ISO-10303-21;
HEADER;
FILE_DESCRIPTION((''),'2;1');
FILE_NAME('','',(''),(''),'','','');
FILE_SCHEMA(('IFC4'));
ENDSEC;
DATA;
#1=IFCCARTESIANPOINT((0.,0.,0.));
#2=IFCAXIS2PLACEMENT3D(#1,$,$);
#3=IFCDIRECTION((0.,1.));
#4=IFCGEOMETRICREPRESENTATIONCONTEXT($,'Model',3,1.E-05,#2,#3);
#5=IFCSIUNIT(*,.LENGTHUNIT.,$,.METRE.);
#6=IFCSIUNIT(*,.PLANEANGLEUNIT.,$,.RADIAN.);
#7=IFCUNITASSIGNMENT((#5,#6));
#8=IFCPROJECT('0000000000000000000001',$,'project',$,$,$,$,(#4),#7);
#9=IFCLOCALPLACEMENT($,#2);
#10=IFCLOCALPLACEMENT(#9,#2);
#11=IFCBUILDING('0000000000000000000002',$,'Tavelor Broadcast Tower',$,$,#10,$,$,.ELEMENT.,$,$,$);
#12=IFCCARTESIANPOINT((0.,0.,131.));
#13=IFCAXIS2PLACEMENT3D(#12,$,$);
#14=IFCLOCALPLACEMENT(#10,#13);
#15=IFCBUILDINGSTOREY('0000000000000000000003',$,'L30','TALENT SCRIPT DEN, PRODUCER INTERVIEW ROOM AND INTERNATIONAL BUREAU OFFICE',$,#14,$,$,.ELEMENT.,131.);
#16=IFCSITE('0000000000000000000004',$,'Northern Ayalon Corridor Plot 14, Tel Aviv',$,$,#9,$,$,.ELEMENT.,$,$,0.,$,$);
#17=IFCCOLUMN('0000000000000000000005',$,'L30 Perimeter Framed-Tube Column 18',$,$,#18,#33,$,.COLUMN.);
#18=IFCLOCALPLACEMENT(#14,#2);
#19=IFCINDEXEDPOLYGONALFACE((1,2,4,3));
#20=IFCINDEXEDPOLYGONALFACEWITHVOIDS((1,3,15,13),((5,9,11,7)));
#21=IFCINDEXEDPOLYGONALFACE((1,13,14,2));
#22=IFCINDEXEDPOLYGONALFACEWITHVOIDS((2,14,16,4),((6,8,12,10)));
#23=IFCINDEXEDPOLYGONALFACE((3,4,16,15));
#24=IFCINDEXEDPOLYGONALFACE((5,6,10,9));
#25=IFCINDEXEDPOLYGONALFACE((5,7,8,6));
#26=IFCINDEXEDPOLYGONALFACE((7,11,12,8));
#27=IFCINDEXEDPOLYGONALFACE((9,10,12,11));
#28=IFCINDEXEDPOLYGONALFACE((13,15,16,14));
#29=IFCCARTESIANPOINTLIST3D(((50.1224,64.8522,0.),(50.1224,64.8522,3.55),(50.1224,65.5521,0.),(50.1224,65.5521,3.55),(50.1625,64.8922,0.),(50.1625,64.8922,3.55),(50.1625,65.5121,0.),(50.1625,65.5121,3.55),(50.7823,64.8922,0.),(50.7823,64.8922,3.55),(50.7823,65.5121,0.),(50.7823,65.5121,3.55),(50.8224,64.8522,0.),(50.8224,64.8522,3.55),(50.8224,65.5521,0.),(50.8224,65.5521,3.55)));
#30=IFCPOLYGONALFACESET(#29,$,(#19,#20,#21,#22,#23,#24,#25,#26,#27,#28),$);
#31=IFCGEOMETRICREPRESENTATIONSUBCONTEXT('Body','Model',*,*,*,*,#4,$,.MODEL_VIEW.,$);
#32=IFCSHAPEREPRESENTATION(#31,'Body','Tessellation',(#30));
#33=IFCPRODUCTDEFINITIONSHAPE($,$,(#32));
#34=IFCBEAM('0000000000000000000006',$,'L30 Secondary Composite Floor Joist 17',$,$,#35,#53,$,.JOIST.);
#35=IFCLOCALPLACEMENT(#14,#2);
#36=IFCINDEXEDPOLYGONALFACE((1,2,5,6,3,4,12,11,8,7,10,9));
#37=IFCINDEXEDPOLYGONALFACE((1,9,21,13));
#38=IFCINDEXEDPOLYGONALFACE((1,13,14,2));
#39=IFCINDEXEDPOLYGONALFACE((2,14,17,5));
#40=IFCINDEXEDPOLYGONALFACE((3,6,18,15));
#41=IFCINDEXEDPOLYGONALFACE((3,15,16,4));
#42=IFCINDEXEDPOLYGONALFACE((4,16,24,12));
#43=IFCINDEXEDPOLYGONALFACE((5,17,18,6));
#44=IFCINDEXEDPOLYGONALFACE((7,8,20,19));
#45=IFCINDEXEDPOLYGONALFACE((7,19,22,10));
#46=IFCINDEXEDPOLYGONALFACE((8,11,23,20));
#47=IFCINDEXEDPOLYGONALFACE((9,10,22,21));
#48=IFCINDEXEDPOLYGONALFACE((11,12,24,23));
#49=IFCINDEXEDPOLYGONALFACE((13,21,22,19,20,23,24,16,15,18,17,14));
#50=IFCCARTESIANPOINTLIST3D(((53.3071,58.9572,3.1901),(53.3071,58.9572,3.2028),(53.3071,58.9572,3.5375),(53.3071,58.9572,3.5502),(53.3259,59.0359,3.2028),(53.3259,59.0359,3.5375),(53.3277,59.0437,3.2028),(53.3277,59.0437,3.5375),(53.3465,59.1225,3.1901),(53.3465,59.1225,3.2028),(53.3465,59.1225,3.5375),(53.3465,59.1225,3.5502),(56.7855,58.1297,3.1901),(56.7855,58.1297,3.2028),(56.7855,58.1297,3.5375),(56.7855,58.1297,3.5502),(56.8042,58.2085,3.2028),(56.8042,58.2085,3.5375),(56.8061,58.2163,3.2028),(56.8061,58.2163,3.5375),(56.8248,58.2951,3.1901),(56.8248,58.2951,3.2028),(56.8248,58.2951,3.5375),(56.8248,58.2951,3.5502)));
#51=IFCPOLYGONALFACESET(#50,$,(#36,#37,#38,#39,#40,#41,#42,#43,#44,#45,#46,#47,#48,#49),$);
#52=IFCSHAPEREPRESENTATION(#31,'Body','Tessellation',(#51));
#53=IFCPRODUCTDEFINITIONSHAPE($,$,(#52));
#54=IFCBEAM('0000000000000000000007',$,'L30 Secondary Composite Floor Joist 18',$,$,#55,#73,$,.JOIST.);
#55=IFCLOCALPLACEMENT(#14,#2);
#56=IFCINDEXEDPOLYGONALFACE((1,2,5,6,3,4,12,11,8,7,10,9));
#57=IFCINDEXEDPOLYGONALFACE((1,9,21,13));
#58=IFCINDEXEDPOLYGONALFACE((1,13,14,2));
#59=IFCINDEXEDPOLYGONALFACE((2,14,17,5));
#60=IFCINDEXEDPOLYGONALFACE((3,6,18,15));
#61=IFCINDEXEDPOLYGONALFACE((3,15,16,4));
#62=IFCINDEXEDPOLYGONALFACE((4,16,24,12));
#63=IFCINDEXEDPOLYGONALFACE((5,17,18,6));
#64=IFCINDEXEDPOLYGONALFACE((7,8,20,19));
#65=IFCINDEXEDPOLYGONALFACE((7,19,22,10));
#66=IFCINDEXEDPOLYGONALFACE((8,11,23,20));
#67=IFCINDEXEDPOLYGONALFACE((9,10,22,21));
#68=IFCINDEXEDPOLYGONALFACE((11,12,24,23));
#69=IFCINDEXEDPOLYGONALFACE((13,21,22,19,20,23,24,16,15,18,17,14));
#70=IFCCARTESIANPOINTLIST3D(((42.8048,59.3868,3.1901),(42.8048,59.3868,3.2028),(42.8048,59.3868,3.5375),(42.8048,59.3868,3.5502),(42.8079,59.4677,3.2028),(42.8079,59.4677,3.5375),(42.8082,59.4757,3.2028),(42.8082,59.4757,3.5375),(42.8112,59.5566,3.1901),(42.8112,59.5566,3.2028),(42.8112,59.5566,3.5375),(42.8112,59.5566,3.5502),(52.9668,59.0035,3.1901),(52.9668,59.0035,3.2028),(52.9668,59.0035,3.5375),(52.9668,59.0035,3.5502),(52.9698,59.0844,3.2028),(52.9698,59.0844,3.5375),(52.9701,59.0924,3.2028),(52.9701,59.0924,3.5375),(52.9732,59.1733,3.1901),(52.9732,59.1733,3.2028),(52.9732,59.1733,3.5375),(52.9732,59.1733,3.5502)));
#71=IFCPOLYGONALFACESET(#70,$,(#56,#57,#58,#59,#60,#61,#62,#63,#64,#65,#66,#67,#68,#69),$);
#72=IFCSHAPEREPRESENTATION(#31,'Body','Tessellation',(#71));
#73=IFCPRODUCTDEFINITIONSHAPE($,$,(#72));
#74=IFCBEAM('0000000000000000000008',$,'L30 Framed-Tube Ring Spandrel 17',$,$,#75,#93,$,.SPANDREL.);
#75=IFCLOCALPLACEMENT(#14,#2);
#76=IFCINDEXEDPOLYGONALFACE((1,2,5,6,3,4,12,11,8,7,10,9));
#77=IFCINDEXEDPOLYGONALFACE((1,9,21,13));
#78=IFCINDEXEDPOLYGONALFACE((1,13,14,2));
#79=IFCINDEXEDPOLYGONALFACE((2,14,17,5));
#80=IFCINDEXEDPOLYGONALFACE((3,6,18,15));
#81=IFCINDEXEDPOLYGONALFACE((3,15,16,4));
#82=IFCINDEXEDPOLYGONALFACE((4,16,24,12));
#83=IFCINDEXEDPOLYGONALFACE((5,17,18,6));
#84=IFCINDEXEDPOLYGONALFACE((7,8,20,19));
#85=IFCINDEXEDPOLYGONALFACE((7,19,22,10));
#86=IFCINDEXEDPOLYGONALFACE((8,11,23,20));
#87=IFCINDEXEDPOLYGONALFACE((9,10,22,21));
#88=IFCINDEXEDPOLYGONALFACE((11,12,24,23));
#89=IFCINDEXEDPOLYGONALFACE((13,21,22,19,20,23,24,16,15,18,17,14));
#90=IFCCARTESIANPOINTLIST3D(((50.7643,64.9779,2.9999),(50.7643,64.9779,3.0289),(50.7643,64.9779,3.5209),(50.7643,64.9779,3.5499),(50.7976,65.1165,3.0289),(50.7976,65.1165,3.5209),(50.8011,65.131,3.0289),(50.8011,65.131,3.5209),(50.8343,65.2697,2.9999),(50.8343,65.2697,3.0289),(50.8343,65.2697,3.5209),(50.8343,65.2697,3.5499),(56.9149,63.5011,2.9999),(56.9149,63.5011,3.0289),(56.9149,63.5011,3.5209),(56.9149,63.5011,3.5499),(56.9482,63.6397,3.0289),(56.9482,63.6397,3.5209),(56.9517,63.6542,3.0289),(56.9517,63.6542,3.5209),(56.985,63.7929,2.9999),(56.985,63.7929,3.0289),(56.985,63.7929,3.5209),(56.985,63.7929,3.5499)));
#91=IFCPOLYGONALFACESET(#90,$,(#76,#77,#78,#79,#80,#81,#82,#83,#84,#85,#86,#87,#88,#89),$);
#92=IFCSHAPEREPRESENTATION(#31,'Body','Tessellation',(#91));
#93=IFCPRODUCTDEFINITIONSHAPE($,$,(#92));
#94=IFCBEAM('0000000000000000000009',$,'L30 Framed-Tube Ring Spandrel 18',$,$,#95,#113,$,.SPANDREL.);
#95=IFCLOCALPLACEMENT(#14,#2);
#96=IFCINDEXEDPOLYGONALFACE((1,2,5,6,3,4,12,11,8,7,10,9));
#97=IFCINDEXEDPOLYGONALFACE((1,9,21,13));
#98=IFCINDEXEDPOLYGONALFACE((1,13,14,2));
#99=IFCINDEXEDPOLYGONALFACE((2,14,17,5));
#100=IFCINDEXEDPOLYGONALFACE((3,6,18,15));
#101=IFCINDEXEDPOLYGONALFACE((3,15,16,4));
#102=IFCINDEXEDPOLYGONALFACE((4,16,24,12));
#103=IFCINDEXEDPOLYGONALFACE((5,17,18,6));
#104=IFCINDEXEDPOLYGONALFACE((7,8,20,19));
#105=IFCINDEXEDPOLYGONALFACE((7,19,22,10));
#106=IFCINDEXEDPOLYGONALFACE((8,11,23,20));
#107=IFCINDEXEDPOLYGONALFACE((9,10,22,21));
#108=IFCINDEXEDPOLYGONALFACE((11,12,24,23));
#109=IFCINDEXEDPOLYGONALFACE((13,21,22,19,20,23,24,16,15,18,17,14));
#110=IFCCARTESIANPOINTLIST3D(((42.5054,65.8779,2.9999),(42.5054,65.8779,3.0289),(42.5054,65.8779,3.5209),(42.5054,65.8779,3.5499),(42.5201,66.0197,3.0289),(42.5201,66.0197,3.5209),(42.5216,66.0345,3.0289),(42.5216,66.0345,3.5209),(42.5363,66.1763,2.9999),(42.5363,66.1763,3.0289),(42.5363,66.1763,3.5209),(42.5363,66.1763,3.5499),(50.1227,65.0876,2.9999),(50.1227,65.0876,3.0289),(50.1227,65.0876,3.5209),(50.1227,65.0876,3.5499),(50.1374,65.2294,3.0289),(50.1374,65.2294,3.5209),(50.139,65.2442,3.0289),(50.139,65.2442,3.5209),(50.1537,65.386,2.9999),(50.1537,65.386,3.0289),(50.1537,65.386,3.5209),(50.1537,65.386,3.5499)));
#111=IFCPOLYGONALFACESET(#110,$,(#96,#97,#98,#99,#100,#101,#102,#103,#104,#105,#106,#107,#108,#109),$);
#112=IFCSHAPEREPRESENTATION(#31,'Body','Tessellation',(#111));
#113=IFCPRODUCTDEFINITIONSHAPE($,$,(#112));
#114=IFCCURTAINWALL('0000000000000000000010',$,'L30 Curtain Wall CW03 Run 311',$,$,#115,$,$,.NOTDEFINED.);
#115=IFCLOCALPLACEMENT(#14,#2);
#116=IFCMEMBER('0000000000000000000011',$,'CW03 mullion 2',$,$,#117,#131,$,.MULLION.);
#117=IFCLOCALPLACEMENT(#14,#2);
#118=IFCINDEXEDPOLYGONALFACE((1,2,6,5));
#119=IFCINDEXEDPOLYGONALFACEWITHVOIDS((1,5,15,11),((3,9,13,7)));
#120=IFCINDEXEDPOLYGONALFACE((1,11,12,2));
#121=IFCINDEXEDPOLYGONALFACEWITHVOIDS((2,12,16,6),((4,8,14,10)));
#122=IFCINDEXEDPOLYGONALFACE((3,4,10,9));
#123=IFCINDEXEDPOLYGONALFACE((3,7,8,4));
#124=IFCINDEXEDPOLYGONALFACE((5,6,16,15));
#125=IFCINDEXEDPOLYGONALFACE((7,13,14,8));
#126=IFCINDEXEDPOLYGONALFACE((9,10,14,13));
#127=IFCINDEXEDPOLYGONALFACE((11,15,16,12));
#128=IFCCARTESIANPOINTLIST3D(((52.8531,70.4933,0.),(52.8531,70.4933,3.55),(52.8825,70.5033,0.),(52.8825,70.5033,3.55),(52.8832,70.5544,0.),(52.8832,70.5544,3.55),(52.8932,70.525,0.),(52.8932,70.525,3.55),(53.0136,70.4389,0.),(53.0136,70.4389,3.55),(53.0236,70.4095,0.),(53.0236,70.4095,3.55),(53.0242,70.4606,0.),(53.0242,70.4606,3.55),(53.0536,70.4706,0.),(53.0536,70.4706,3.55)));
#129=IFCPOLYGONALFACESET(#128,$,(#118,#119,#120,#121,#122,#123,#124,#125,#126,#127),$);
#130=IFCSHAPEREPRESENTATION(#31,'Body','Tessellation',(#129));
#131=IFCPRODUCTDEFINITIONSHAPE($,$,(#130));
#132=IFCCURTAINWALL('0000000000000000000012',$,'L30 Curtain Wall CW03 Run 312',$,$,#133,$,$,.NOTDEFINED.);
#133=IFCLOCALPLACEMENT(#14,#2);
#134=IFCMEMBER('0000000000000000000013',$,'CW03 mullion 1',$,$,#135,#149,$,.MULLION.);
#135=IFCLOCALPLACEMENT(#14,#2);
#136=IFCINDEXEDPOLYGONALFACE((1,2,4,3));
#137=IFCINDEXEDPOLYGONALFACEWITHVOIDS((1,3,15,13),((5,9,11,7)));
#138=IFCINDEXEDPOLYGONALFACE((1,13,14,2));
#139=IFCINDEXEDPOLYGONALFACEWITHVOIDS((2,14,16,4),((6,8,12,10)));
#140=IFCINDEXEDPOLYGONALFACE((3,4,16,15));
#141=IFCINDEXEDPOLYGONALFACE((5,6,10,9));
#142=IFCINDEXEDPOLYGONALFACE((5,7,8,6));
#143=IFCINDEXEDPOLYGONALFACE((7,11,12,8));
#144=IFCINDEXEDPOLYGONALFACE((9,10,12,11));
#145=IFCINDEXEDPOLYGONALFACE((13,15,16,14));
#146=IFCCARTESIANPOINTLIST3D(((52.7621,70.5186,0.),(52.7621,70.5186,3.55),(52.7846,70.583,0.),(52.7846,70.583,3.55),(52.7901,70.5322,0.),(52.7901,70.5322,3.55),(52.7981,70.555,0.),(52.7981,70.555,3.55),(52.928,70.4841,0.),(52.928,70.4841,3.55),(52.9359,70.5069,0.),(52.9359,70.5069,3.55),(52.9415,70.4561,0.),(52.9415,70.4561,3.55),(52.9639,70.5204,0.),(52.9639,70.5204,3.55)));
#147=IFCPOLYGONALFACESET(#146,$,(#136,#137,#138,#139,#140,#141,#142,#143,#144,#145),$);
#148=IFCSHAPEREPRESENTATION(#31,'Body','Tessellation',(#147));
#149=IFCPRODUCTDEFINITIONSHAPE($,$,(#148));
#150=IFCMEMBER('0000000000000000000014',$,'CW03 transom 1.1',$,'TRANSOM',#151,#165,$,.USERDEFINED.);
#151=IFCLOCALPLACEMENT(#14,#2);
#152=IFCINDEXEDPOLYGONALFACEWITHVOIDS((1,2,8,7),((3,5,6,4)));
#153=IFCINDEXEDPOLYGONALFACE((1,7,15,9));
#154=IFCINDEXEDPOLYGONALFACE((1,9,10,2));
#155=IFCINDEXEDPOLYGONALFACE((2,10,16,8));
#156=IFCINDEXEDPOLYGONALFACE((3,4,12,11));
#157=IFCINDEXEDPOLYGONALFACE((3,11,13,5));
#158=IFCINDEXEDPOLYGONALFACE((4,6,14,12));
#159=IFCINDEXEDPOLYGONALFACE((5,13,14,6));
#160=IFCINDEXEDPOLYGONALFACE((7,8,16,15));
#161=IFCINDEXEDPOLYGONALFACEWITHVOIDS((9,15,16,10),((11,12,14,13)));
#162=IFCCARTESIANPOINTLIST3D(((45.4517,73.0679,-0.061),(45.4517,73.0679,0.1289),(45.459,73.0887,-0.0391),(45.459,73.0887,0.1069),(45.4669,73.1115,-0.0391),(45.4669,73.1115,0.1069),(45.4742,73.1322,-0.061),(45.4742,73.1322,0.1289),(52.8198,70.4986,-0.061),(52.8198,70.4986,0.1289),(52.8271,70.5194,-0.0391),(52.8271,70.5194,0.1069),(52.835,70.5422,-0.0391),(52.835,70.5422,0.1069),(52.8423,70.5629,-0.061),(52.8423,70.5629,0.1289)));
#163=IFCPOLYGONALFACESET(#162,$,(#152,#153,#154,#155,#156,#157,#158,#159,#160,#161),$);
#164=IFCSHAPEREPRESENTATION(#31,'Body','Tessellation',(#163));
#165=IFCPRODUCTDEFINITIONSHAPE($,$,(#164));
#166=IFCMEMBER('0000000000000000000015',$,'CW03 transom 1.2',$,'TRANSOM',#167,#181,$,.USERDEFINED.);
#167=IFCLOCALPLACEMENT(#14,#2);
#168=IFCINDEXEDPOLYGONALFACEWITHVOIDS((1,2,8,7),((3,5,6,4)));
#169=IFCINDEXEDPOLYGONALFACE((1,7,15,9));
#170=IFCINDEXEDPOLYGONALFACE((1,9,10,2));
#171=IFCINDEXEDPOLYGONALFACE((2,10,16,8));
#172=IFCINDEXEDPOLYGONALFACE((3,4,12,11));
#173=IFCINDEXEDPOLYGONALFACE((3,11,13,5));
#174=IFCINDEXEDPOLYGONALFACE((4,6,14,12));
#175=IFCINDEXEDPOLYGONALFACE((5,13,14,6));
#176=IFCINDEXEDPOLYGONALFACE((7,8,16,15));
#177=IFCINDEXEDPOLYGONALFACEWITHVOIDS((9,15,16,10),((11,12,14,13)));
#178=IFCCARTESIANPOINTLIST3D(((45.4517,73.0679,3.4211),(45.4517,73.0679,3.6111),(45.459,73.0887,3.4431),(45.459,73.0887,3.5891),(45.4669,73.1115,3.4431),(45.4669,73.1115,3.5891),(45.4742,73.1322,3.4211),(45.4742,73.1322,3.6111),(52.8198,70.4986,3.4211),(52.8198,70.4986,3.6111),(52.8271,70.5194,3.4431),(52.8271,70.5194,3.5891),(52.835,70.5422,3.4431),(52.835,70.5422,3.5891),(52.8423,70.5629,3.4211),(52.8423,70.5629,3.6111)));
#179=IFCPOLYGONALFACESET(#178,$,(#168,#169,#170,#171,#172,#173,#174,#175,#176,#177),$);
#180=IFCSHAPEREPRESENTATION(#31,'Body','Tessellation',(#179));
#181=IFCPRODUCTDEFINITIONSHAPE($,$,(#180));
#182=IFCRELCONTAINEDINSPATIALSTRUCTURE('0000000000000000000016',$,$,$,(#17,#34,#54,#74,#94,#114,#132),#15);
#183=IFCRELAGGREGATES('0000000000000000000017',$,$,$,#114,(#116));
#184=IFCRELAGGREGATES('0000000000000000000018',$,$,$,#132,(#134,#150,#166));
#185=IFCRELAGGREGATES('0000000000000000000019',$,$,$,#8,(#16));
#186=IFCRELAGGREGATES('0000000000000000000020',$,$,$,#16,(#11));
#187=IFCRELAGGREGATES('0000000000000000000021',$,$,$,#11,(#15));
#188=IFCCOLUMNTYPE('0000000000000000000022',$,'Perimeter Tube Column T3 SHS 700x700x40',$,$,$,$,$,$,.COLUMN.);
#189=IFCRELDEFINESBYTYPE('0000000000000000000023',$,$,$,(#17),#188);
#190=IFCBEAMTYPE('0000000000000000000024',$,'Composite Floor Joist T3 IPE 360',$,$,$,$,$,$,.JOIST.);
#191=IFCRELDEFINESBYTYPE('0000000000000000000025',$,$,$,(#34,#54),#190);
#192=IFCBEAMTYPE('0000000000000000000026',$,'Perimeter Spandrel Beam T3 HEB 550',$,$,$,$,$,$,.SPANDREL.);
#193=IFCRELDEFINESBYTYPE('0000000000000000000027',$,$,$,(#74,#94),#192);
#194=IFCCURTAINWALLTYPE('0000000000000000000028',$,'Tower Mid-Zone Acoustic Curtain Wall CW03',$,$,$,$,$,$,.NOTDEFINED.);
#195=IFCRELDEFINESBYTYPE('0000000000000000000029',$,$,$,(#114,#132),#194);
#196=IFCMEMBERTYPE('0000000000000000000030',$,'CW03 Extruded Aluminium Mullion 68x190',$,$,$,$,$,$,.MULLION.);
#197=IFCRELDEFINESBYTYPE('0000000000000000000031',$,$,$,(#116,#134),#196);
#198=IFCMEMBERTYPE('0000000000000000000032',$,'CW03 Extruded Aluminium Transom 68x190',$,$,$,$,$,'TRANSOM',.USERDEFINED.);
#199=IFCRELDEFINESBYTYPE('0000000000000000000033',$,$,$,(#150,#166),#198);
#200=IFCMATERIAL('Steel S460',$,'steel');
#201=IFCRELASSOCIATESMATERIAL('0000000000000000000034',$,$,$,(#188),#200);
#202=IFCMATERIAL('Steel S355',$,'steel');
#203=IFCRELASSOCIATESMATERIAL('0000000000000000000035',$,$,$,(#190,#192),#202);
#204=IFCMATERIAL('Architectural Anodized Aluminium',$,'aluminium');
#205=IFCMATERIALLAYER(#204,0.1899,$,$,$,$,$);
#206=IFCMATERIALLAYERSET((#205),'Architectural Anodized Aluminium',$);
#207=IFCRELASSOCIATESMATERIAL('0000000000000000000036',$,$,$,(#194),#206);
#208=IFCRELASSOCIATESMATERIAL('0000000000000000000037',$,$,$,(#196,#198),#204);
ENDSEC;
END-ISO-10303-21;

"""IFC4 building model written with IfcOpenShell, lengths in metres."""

from ifc_helpers import new_model, si_unit, direction, frame, origin, origin_2d, place, context, subcontext, project, spatial, hollow_rectangle, i_section, extrude, source, transform, mapped, material, layer, layer_set, material_profile, profile_set, type_object, type_shapes, element, aggregate, save


model = new_model("IFC4")

# Units and contexts
model_context = context("Model", 3, precision=1e-05, world=origin(), true_north=direction((0.0, 1.0)))
body_context = subcontext(model_context, "Body", "Model", "MODEL_VIEW")
ifc_project = project(units=[si_unit("LENGTHUNIT", "METRE"), si_unit("PLANEANGLEUNIT", "RADIAN")], contexts=[model_context])

# Site, building, storey
site_placement = place(None, origin())
site = spatial("IfcSite", under=ifc_project, at=site_placement, Name="Northern Ayalon Corridor Plot 14, Tel Aviv", CompositionType="ELEMENT", RefElevation=0.0)
building_placement = place(site_placement, origin())
building = spatial("IfcBuilding", under=site, at=building_placement, Name="Tavelor Broadcast Tower", CompositionType="ELEMENT")
storey_placement = place(building_placement, frame((0.0, 0.0, 131.0)))
storey = spatial("IfcBuildingStorey", under=building, at=storey_placement, Name="L30", Description="TALENT SCRIPT DEN, PRODUCER INTERVIEW ROOM AND INTERNATIONAL BUREAU OFFICE", CompositionType="ELEMENT", Elevation=131.0)

# Column
ifc_material_1 = material(Name="Steel S460", Category="steel")
ifc_material_profile_1 = material_profile(ifc_material_1, hollow_rectangle(XDim=0.7, YDim=0.7, WallThickness=0.04, at=origin_2d()), Name="SHS 700x700x40")
ifc_profile_set_1 = profile_set([ifc_material_profile_1], Name="Steel S460")
column_type = type_object("IfcColumnType", Name="Perimeter Tube Column T3 SHS 700x700x40", PredefinedType="COLUMN", material=ifc_profile_set_1)
column_placement = place(storey_placement, frame((50.4724, 65.2021, 0.0), z_axis=(0.0, 0.0, 1.0), x_axis=(1.0, 0.0, 0.0)))
element("IfcColumn", 1, at=column_placement, inside=storey, type_object=column_type, Name="L30 Perimeter Framed-Tube Column 18", PredefinedType="COLUMN", context=body_context, shape_type="SweptSolid", body=[
    extrude(hollow_rectangle(XDim=0.7, YDim=0.7, WallThickness=0.04, at=origin_2d()), origin(), (0.0, 0.0, 1.0), 3.55),
])

# Beams
ifc_material_2 = material(Name="Steel S355", Category="steel")
ifc_material_profile_2 = material_profile(ifc_material_2, i_section(OverallWidth=0.1699, OverallDepth=0.3601, WebThickness=0.0081, FlangeThickness=0.0127, at=origin_2d()), Name="IPE 360")
ifc_profile_set_2 = profile_set([ifc_material_profile_2], Name="Steel S355")
beam_type_1 = type_object("IfcBeamType", Name="Composite Floor Joist T3 IPE 360", PredefinedType="JOIST", material=ifc_profile_set_2)
beam_1_placement = place(storey_placement, frame((56.8052, 58.2124, 3.3701), z_axis=(-0.972855, 0.231417, 0.0), x_axis=(-0.231417, -0.972855, 0.0)))
element("IfcBeam", 2, at=beam_1_placement, inside=storey, type_object=beam_type_1, Name="L30 Secondary Composite Floor Joist 17", PredefinedType="JOIST", context=body_context, shape_type="SweptSolid", body=[
    extrude(i_section(OverallWidth=0.1699, OverallDepth=0.3601, WebThickness=0.0081, FlangeThickness=0.0127, at=origin_2d()), origin(), (0.0, 0.0, 1.0), 3.5754),
])
beam_2_placement = place(storey_placement, frame((52.97, 59.0884, 3.3701), z_axis=(-0.999289, 0.037693, 0.0), x_axis=(-0.037693, -0.999289, 0.0)))
element("IfcBeam", 3, at=beam_2_placement, inside=storey, type_object=beam_type_1, Name="L30 Secondary Composite Floor Joist 18", PredefinedType="JOIST", context=body_context, shape_type="SweptSolid", body=[
    extrude(i_section(OverallWidth=0.1699, OverallDepth=0.3601, WebThickness=0.0081, FlangeThickness=0.0127, at=origin_2d()), origin(), (0.0, 0.0, 1.0), 10.1692),
])
ifc_material_profile_3 = material_profile(ifc_material_2, i_section(OverallWidth=0.3, OverallDepth=0.55, WebThickness=0.0149, FlangeThickness=0.0291, at=origin_2d()), Name="HEB 550")
ifc_profile_set_3 = profile_set([ifc_material_profile_3], Name="Steel S355")
beam_type_2 = type_object("IfcBeamType", Name="Perimeter Spandrel Beam T3 HEB 550", PredefinedType="SPANDREL", material=ifc_profile_set_3)
beam_3_placement = place(storey_placement, frame((56.95, 63.647, 3.2749), z_axis=(-0.972364, 0.233471, 0.0), x_axis=(-0.233471, -0.972364, 0.0)))
element("IfcBeam", 4, at=beam_3_placement, inside=storey, type_object=beam_type_2, Name="L30 Framed-Tube Ring Spandrel 17", PredefinedType="SPANDREL", context=body_context, shape_type="SweptSolid", body=[
    extrude(i_section(OverallWidth=0.3, OverallDepth=0.55, WebThickness=0.0149, FlangeThickness=0.0291, at=origin_2d()), origin(), (0.0, 0.0, 1.0), 6.3254),
])
beam_4_placement = place(storey_placement, frame((50.1382, 65.2368, 3.2749), z_axis=(-0.994661, 0.103193, 0.0), x_axis=(-0.103193, -0.994661, 0.0)))
element("IfcBeam", 5, at=beam_4_placement, inside=storey, type_object=beam_type_2, Name="L30 Framed-Tube Ring Spandrel 18", PredefinedType="SPANDREL", context=body_context, shape_type="SweptSolid", body=[
    extrude(i_section(OverallWidth=0.3, OverallDepth=0.55, WebThickness=0.0149, FlangeThickness=0.0291, at=origin_2d()), origin(), (0.0, 0.0, 1.0), 7.6582),
])

# Curtain wall, member
ifc_material_3 = material(Name="Architectural Anodized Aluminium", Category="aluminium")
ifc_layer_1 = layer(ifc_material_3, 0.1899)
ifc_layer_set_1 = layer_set([ifc_layer_1], Name="Architectural Anodized Aluminium")
curtain_wall_type = type_object("IfcCurtainWallType", Name="Tower Mid-Zone Acoustic Curtain Wall CW03", PredefinedType="NOTDEFINED", material=ifc_layer_set_1)
curtain_wall_1_placement = place(storey_placement, origin())
curtain_wall_1 = element("IfcCurtainWall", 6, at=curtain_wall_1_placement, inside=storey, type_object=curtain_wall_type, Name="L30 Curtain Wall CW03 Run 311", PredefinedType="NOTDEFINED")
ifc_material_profile_4 = material_profile(ifc_material_3, hollow_rectangle(XDim=0.0681, YDim=0.1899, WallThickness=0.022, at=origin_2d()), Name="RHS 68x190x22")
ifc_profile_set_4 = profile_set([ifc_material_profile_4], Name="Architectural Anodized Aluminium")
member_type_1 = type_object("IfcMemberType", Name="CW03 Extruded Aluminium Mullion 68x190", PredefinedType="MULLION", material=ifc_profile_set_4)
shared_shape_1 = source(origin(), body_context, "Body", "SweptSolid", [
    extrude(hollow_rectangle(XDim=0.0681, YDim=0.1899, WallThickness=0.022, at=origin_2d()), origin(), (0.0, 0.0, 1.0), 3.55),
])
type_shapes(member_type_1, [shared_shape_1])
member_1_placement = place(storey_placement, frame((52.9534, 70.4819, 0.0), z_axis=(0.0, 0.0, 1.0), x_axis=(-0.4411, -0.897458, 0.0)))
member_1 = element("IfcMember", 7, at=member_1_placement, type_object=member_type_1, Name="CW03 mullion 2", PredefinedType="MULLION", context=body_context, shape_type="MappedRepresentation", body=[
    mapped(shared_shape_1, transform((0.0, 0.0, 0.0), scale=1.0)),
])

# Curtain wall, members
curtain_wall_2_placement = place(storey_placement, origin())
curtain_wall_2 = element("IfcCurtainWall", 8, at=curtain_wall_2_placement, inside=storey, type_object=curtain_wall_type, Name="L30 Curtain Wall CW03 Run 312", PredefinedType="NOTDEFINED")
member_2_placement = place(storey_placement, frame((52.863, 70.5195, 0.0), z_axis=(0.0, 0.0, 1.0), x_axis=(-0.329257, -0.94424, 0.0)))
member_2 = element("IfcMember", 9, at=member_2_placement, type_object=member_type_1, Name="CW03 mullion 1", PredefinedType="MULLION", context=body_context, shape_type="MappedRepresentation", body=[
    mapped(shared_shape_1, transform((0.0, 0.0, 0.0), scale=1.0)),
])
ifc_material_profile_5 = material_profile(ifc_material_3, hollow_rectangle(XDim=0.0681, YDim=0.1899, WallThickness=0.022, at=origin_2d()), Name="RHS 68x190x22")
ifc_profile_set_5 = profile_set([ifc_material_profile_5], Name="Architectural Anodized Aluminium")
member_type_2 = type_object("IfcMemberType", Name="CW03 Extruded Aluminium Transom 68x190", ElementType="TRANSOM", PredefinedType="USERDEFINED", material=ifc_profile_set_5)
shared_shape_2 = source(origin(), body_context, "Body", "SweptSolid", [
    extrude(hollow_rectangle(XDim=0.0681, YDim=0.1899, WallThickness=0.022, at=origin_2d()), origin(), (0.0, 0.0, 1.0), 7.8032),
])
type_shapes(member_type_2, [shared_shape_2])
member_3_placement = place(storey_placement, frame((52.8311, 70.5308, 0.0339), z_axis=(-0.944238, 0.329263, 0.0), x_axis=(-0.329263, -0.944238, 0.0)))
member_3 = element("IfcMember", 10, at=member_3_placement, type_object=member_type_2, Name="CW03 transom 1.1", ObjectType="TRANSOM", PredefinedType="USERDEFINED", context=body_context, shape_type="MappedRepresentation", body=[
    mapped(shared_shape_2, transform((0.0, 0.0, 0.0), scale=1.0)),
])
member_4_placement = place(storey_placement, frame((52.8311, 70.5308, 3.5161), z_axis=(-0.944238, 0.329263, 0.0), x_axis=(-0.329263, -0.944238, 0.0)))
member_4 = element("IfcMember", 11, at=member_4_placement, type_object=member_type_2, Name="CW03 transom 1.2", ObjectType="TRANSOM", PredefinedType="USERDEFINED", context=body_context, shape_type="MappedRepresentation", body=[
    mapped(shared_shape_2, transform((0.0, 0.0, 0.0), scale=1.0)),
])

aggregate(curtain_wall_1, [member_1])
aggregate(curtain_wall_2, [member_2, member_3, member_4])

save(model, "model.ifc")
